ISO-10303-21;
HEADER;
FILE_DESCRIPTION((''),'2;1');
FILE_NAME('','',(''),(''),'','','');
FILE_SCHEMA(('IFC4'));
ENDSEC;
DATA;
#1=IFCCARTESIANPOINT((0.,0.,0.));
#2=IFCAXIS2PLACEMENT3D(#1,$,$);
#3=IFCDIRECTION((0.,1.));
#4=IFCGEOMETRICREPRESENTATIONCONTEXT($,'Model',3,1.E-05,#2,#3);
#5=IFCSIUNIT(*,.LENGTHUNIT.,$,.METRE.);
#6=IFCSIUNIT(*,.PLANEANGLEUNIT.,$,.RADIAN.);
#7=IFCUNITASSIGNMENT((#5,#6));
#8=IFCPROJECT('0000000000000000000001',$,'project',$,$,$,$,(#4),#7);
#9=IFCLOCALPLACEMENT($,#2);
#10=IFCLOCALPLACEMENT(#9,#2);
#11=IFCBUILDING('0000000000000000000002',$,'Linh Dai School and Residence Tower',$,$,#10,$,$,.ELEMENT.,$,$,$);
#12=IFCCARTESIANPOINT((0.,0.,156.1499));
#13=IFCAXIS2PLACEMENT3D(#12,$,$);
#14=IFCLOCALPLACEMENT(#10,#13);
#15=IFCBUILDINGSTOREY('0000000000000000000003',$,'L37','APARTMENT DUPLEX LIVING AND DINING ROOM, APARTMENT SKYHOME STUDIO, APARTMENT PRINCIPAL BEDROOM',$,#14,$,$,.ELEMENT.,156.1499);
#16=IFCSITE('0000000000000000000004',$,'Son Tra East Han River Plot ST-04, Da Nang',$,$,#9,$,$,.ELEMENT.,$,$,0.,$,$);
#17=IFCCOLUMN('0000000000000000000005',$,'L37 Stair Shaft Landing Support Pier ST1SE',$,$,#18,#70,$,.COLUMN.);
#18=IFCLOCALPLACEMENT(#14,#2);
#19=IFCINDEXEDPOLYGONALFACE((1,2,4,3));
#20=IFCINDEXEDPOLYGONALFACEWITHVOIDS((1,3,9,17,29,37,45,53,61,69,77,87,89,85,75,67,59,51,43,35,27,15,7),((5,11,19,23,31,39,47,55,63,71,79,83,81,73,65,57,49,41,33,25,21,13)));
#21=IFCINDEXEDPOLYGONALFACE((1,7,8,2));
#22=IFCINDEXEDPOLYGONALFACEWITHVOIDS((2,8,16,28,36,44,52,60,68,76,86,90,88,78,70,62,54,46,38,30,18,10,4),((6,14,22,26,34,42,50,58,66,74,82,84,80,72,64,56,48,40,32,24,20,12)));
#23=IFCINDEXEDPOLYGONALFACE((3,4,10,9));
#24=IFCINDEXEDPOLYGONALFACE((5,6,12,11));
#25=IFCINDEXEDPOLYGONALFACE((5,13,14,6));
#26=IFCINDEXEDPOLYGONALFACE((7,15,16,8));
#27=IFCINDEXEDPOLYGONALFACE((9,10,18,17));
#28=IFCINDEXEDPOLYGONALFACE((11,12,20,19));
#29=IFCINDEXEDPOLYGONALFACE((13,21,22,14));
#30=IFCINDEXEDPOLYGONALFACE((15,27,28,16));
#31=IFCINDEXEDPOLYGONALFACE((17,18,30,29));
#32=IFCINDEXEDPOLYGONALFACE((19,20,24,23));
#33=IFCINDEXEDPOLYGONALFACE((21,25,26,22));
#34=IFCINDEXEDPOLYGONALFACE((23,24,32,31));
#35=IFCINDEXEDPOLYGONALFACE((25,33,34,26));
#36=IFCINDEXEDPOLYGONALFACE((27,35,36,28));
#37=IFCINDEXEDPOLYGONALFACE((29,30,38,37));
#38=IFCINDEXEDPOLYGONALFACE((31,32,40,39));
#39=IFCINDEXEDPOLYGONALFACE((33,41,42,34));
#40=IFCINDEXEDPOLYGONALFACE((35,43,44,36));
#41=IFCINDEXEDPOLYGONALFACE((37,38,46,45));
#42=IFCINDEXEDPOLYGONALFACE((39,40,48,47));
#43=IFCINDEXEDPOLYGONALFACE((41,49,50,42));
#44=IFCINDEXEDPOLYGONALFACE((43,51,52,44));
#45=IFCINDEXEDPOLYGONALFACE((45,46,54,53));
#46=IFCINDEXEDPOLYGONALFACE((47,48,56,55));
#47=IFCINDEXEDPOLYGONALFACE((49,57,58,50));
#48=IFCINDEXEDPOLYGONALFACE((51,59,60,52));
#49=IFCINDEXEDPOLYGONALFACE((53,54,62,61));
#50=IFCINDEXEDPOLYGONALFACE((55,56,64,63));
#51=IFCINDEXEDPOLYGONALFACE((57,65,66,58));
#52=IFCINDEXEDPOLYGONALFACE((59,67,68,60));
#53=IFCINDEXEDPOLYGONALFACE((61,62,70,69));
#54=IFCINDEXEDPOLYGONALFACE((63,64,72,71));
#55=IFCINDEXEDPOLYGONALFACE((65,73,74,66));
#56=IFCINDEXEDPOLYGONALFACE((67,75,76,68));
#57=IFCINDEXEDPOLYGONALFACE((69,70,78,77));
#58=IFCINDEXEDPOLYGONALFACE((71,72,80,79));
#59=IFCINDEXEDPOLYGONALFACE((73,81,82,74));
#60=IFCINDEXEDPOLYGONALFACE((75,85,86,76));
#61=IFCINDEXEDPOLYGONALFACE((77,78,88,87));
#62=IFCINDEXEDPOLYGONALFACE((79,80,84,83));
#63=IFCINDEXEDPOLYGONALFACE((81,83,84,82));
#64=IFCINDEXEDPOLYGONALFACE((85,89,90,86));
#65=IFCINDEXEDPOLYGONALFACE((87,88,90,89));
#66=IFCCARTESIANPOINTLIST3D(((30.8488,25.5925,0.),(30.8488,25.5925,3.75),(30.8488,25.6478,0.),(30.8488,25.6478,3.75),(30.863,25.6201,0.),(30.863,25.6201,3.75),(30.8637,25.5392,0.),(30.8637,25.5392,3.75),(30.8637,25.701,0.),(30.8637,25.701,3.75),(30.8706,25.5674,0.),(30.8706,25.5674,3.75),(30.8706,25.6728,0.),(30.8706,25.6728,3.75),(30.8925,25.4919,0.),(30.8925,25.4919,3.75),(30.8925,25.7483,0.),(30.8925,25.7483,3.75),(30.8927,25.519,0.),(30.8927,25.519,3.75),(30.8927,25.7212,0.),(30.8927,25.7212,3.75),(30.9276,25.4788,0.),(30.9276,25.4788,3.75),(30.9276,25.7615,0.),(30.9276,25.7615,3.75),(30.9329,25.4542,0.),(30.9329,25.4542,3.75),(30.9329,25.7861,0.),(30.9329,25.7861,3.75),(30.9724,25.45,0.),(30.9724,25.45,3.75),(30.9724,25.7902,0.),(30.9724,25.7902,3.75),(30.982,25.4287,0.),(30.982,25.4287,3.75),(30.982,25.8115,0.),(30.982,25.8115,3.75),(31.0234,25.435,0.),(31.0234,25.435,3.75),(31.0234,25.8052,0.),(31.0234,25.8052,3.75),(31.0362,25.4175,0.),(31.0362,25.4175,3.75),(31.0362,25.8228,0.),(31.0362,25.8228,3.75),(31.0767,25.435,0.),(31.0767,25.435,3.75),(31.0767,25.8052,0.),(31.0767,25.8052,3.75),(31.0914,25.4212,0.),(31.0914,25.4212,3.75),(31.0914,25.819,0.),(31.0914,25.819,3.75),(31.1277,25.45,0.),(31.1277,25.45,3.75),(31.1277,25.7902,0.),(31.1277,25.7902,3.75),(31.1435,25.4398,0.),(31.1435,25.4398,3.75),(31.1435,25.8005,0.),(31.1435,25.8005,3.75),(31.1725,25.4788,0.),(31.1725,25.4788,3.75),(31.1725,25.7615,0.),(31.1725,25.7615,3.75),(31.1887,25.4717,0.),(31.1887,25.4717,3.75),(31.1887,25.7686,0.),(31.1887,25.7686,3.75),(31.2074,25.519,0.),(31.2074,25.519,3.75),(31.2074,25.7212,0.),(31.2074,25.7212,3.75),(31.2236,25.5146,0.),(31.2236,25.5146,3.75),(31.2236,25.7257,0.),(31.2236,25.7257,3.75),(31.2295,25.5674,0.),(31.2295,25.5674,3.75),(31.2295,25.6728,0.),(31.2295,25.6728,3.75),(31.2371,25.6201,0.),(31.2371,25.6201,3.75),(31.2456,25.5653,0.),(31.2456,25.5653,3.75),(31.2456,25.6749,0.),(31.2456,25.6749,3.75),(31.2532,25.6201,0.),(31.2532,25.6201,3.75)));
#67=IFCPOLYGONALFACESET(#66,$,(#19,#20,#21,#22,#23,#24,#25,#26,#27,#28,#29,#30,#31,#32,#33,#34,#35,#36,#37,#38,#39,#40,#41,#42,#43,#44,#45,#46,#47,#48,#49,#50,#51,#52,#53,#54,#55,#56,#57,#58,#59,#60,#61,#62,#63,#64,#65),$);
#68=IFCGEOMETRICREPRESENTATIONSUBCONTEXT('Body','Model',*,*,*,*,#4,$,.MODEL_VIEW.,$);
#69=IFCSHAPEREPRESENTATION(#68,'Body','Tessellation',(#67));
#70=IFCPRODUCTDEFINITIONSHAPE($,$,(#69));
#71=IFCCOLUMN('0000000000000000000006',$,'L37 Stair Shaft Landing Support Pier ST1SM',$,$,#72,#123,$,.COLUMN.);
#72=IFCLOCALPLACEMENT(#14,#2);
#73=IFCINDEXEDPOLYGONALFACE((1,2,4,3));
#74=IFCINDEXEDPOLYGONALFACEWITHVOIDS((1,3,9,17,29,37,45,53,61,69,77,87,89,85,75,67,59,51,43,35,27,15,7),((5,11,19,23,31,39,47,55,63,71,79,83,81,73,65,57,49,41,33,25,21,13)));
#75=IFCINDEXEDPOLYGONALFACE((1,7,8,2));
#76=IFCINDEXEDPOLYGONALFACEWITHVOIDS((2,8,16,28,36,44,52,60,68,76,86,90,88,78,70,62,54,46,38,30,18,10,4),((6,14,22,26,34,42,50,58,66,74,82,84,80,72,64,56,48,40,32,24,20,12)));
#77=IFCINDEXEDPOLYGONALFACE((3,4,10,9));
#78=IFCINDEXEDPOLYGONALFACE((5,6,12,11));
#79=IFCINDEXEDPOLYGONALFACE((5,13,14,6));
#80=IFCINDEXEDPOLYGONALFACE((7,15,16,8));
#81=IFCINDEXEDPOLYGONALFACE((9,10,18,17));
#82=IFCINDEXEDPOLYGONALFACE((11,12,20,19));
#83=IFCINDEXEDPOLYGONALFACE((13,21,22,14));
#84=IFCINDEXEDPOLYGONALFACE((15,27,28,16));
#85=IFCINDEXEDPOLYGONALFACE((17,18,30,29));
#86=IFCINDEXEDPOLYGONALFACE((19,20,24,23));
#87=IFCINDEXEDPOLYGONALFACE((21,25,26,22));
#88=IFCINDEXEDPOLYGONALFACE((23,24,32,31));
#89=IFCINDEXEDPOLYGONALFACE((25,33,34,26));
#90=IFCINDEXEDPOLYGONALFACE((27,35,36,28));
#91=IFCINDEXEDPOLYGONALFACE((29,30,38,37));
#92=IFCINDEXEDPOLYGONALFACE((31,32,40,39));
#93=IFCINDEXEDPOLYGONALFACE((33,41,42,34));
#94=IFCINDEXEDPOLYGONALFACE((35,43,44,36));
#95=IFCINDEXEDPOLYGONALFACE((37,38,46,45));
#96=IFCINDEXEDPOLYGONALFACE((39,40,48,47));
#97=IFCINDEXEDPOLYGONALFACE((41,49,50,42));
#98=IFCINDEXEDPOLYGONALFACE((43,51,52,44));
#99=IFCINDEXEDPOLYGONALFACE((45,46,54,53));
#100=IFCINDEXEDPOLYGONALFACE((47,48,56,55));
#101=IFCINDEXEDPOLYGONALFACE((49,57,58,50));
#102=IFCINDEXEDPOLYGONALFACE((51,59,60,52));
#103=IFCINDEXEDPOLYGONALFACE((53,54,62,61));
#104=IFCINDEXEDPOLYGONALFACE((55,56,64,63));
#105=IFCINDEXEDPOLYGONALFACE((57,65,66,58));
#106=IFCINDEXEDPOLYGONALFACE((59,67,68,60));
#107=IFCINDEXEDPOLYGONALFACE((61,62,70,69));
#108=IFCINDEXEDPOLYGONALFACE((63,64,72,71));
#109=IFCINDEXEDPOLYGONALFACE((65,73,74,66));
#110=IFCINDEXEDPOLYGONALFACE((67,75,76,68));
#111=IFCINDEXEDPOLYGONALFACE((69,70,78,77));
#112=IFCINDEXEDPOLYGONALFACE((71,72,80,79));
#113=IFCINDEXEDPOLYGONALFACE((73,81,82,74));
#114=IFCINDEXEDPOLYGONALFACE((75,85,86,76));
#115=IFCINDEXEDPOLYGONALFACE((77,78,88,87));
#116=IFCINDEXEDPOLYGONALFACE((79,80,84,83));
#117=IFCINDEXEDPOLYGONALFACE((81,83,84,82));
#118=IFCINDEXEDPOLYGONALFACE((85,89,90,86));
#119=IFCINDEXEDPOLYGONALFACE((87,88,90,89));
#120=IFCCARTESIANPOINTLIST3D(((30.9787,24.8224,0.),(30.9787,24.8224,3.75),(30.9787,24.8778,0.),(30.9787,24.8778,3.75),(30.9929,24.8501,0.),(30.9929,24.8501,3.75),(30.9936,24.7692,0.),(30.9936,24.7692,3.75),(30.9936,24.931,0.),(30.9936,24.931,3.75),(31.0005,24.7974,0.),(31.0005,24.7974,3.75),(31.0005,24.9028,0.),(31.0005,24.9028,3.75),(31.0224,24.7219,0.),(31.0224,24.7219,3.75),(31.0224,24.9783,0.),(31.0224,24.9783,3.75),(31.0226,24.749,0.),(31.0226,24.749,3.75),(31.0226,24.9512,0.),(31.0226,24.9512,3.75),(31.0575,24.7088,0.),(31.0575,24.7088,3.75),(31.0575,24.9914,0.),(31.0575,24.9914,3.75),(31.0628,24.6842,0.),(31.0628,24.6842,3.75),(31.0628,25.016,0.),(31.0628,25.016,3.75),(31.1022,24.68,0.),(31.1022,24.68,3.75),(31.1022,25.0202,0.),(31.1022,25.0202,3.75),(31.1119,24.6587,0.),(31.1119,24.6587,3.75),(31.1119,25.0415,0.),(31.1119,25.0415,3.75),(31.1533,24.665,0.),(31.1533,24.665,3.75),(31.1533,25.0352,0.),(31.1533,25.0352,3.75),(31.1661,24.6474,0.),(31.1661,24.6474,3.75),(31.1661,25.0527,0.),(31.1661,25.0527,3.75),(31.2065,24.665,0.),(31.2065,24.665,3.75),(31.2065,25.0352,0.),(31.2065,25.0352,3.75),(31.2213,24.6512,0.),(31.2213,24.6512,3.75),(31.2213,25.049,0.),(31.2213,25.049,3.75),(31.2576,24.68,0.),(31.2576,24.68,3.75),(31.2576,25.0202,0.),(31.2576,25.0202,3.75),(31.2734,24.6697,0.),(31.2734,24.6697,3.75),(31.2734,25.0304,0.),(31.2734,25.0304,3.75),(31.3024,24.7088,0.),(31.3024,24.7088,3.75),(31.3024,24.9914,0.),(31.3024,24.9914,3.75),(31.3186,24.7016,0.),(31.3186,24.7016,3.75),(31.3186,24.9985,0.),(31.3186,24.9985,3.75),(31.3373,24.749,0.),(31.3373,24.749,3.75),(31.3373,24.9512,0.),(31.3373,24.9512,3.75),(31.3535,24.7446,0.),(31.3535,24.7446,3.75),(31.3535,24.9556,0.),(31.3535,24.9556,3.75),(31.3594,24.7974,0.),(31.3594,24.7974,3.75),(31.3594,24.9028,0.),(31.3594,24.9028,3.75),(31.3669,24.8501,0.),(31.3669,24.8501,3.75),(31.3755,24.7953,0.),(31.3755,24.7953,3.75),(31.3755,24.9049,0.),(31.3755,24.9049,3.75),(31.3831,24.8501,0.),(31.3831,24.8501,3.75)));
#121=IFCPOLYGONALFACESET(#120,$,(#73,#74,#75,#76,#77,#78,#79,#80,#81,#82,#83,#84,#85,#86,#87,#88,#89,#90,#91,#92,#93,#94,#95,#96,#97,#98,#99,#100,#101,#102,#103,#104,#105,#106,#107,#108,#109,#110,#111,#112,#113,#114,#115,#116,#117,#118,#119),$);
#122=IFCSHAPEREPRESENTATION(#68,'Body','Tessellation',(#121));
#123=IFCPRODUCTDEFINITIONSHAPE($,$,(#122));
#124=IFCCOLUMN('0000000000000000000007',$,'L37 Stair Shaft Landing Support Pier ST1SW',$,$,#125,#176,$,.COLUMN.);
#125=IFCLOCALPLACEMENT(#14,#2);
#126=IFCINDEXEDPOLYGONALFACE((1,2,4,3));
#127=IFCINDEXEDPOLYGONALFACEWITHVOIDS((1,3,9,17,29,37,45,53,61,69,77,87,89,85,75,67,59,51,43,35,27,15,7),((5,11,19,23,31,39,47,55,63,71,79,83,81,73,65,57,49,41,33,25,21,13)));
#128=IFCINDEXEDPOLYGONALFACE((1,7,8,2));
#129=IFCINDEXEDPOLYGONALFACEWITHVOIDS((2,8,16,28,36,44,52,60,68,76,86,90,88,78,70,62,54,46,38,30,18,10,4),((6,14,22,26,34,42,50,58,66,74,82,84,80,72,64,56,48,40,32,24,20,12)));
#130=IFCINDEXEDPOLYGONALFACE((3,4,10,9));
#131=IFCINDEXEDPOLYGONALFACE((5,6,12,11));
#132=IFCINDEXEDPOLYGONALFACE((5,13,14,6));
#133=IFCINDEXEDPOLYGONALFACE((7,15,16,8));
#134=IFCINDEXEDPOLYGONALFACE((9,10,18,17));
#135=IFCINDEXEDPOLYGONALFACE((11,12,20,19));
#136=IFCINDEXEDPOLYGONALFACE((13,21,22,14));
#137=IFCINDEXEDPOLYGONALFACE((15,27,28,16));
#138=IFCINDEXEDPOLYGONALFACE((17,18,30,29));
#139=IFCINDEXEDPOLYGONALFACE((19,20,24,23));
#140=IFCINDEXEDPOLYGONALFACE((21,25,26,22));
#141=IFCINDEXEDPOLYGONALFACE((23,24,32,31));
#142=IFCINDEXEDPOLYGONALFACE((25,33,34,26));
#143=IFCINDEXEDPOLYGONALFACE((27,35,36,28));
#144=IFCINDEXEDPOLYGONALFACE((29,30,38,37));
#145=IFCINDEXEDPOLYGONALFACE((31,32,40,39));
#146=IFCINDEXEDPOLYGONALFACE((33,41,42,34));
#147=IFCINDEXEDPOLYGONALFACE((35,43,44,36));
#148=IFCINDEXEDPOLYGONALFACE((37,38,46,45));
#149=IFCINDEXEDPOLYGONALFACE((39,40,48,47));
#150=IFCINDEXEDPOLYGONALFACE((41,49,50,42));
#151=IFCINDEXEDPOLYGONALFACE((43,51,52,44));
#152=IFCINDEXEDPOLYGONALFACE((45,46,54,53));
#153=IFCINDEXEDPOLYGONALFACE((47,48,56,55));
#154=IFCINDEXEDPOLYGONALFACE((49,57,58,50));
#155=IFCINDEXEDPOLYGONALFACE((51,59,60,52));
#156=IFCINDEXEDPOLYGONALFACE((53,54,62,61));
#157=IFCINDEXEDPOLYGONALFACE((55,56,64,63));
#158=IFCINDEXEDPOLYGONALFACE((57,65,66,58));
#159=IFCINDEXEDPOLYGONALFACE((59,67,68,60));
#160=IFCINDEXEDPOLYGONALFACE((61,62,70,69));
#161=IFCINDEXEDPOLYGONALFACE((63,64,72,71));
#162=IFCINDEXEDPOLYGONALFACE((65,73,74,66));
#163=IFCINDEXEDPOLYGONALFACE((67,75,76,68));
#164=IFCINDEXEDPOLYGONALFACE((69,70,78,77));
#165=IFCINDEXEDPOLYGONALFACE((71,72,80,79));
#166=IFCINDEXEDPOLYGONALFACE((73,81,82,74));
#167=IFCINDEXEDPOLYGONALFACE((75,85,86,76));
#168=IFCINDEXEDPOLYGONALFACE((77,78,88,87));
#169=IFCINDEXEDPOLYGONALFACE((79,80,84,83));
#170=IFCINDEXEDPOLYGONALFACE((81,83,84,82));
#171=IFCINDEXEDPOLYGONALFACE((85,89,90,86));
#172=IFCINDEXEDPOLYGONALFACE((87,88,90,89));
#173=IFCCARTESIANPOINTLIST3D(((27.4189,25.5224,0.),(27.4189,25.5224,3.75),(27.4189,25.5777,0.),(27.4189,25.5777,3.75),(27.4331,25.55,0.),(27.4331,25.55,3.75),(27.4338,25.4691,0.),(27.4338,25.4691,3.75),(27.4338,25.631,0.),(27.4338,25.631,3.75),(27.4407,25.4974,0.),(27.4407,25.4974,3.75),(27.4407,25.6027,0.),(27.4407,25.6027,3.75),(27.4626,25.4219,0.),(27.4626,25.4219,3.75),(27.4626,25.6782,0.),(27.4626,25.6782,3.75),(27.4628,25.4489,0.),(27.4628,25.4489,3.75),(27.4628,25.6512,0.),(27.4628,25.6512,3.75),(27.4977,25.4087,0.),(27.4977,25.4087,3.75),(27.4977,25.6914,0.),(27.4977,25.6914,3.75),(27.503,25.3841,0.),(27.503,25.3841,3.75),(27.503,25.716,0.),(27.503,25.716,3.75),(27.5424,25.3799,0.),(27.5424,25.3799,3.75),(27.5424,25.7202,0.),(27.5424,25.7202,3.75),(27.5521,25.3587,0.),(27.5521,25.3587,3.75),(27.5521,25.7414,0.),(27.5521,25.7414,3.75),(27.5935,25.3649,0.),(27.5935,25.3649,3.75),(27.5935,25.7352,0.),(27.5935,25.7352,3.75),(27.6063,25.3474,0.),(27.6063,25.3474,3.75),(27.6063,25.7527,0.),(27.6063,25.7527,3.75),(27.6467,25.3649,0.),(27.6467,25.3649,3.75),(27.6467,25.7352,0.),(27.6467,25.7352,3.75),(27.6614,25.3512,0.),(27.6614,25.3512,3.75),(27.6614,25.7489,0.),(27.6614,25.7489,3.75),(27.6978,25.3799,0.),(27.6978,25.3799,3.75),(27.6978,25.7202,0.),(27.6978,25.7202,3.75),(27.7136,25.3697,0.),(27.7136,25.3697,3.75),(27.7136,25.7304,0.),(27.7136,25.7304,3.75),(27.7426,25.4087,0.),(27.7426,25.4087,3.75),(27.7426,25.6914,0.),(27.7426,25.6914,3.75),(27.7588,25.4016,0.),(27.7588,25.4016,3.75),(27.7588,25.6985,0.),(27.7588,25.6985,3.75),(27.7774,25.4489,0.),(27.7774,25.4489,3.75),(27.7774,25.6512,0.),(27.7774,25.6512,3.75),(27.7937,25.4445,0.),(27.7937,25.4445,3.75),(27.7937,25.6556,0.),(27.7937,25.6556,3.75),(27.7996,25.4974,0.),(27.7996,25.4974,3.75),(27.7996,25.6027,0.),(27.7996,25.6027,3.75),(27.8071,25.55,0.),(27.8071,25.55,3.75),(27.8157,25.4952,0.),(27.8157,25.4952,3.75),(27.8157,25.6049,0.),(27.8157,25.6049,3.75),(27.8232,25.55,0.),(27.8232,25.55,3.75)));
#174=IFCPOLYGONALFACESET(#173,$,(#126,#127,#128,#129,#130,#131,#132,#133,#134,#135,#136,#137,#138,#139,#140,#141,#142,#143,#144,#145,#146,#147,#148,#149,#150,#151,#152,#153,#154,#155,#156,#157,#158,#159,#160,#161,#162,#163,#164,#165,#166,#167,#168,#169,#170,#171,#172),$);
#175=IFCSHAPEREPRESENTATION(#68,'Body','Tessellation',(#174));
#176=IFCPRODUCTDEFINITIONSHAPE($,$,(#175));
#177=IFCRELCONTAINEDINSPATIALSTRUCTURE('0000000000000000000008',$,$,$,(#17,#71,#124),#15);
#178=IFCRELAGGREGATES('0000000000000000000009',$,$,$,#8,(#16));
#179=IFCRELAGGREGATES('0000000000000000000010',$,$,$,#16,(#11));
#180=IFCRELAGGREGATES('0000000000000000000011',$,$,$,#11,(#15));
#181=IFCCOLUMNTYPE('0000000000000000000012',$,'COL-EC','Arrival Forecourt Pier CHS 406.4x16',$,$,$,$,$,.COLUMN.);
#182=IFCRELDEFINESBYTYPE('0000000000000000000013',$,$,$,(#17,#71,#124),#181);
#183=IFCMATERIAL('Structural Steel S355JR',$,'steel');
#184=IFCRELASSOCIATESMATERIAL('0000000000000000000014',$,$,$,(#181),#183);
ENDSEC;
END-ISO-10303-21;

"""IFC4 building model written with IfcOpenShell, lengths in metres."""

from ifc_helpers import new_model, si_unit, direction, frame, origin, origin_2d, place, context, subcontext, project, spatial, hollow_circle, extrude, material, material_profile, profile_set, type_object, element, save


model = new_model("IFC4")

# Units and contexts
model_context = context("Model", 3, precision=1e-05, world=origin(), true_north=direction((0.0, 1.0)))
body_context = subcontext(model_context, "Body", "Model", "MODEL_VIEW")
ifc_project = project(units=[si_unit("LENGTHUNIT", "METRE"), si_unit("PLANEANGLEUNIT", "RADIAN")], contexts=[model_context])

# Site, building, storey
site_placement = place(None, origin())
site = spatial("IfcSite", under=ifc_project, at=site_placement, Name="Son Tra East Han River Plot ST-04, Da Nang", CompositionType="ELEMENT", RefElevation=0.0)
building_placement = place(site_placement, origin())
building = spatial("IfcBuilding", under=site, at=building_placement, Name="Linh Dai School and Residence Tower", CompositionType="ELEMENT")
storey_placement = place(building_placement, frame((0.0, 0.0, 156.1499)))
storey = spatial("IfcBuildingStorey", under=building, at=storey_placement, Name="L37", Description="APARTMENT DUPLEX LIVING AND DINING ROOM, APARTMENT SKYHOME STUDIO, APARTMENT PRINCIPAL BEDROOM", CompositionType="ELEMENT", Elevation=156.1499)

# Columns
ifc_material_1 = material(Name="Structural Steel S355JR", Category="steel")
ifc_material_profile_1 = material_profile(ifc_material_1, hollow_circle(Radius=0.2031, WallThickness=0.0161, at=origin_2d()), Name="CHS 406.4x16")
ifc_profile_set_1 = profile_set([ifc_material_profile_1], Name="Structural Steel S355JR")
column_type_1 = type_object("IfcColumnType", Name="COL-EC", Description="Arrival Forecourt Pier CHS 406.4x16", PredefinedType="COLUMN", material=ifc_profile_set_1)
for number, where, z_axis, x_axis, name in (
    (1, (31.05, 25.6201, 0.0), (0.0, 0.0, 1.0), (1.0, 0.0, 0.0), "L37 Stair Shaft Landing Support Pier ST1SE"),
    (2, (31.1799, 24.8501, 0.0), (0.0, 0.0, 1.0), (1.0, 0.0, 0.0), "L37 Stair Shaft Landing Support Pier ST1SM"),
    (3, (27.6201, 25.55, 0.0), (0.0, 0.0, 1.0), (1.0, 0.0, 0.0), "L37 Stair Shaft Landing Support Pier ST1SW"),
):
    element("IfcColumn", number, at=place(storey_placement, frame(where, z_axis=z_axis, x_axis=x_axis)), inside=storey, type_object=column_type_1, Name=name, PredefinedType="COLUMN", context=body_context, shape_type="SweptSolid", body=[
        extrude(hollow_circle(Radius=0.2031, WallThickness=0.0161, at=origin_2d()), origin(), (0.0, 0.0, 1.0), 3.75),
    ])

save(model, "model.ifc")
